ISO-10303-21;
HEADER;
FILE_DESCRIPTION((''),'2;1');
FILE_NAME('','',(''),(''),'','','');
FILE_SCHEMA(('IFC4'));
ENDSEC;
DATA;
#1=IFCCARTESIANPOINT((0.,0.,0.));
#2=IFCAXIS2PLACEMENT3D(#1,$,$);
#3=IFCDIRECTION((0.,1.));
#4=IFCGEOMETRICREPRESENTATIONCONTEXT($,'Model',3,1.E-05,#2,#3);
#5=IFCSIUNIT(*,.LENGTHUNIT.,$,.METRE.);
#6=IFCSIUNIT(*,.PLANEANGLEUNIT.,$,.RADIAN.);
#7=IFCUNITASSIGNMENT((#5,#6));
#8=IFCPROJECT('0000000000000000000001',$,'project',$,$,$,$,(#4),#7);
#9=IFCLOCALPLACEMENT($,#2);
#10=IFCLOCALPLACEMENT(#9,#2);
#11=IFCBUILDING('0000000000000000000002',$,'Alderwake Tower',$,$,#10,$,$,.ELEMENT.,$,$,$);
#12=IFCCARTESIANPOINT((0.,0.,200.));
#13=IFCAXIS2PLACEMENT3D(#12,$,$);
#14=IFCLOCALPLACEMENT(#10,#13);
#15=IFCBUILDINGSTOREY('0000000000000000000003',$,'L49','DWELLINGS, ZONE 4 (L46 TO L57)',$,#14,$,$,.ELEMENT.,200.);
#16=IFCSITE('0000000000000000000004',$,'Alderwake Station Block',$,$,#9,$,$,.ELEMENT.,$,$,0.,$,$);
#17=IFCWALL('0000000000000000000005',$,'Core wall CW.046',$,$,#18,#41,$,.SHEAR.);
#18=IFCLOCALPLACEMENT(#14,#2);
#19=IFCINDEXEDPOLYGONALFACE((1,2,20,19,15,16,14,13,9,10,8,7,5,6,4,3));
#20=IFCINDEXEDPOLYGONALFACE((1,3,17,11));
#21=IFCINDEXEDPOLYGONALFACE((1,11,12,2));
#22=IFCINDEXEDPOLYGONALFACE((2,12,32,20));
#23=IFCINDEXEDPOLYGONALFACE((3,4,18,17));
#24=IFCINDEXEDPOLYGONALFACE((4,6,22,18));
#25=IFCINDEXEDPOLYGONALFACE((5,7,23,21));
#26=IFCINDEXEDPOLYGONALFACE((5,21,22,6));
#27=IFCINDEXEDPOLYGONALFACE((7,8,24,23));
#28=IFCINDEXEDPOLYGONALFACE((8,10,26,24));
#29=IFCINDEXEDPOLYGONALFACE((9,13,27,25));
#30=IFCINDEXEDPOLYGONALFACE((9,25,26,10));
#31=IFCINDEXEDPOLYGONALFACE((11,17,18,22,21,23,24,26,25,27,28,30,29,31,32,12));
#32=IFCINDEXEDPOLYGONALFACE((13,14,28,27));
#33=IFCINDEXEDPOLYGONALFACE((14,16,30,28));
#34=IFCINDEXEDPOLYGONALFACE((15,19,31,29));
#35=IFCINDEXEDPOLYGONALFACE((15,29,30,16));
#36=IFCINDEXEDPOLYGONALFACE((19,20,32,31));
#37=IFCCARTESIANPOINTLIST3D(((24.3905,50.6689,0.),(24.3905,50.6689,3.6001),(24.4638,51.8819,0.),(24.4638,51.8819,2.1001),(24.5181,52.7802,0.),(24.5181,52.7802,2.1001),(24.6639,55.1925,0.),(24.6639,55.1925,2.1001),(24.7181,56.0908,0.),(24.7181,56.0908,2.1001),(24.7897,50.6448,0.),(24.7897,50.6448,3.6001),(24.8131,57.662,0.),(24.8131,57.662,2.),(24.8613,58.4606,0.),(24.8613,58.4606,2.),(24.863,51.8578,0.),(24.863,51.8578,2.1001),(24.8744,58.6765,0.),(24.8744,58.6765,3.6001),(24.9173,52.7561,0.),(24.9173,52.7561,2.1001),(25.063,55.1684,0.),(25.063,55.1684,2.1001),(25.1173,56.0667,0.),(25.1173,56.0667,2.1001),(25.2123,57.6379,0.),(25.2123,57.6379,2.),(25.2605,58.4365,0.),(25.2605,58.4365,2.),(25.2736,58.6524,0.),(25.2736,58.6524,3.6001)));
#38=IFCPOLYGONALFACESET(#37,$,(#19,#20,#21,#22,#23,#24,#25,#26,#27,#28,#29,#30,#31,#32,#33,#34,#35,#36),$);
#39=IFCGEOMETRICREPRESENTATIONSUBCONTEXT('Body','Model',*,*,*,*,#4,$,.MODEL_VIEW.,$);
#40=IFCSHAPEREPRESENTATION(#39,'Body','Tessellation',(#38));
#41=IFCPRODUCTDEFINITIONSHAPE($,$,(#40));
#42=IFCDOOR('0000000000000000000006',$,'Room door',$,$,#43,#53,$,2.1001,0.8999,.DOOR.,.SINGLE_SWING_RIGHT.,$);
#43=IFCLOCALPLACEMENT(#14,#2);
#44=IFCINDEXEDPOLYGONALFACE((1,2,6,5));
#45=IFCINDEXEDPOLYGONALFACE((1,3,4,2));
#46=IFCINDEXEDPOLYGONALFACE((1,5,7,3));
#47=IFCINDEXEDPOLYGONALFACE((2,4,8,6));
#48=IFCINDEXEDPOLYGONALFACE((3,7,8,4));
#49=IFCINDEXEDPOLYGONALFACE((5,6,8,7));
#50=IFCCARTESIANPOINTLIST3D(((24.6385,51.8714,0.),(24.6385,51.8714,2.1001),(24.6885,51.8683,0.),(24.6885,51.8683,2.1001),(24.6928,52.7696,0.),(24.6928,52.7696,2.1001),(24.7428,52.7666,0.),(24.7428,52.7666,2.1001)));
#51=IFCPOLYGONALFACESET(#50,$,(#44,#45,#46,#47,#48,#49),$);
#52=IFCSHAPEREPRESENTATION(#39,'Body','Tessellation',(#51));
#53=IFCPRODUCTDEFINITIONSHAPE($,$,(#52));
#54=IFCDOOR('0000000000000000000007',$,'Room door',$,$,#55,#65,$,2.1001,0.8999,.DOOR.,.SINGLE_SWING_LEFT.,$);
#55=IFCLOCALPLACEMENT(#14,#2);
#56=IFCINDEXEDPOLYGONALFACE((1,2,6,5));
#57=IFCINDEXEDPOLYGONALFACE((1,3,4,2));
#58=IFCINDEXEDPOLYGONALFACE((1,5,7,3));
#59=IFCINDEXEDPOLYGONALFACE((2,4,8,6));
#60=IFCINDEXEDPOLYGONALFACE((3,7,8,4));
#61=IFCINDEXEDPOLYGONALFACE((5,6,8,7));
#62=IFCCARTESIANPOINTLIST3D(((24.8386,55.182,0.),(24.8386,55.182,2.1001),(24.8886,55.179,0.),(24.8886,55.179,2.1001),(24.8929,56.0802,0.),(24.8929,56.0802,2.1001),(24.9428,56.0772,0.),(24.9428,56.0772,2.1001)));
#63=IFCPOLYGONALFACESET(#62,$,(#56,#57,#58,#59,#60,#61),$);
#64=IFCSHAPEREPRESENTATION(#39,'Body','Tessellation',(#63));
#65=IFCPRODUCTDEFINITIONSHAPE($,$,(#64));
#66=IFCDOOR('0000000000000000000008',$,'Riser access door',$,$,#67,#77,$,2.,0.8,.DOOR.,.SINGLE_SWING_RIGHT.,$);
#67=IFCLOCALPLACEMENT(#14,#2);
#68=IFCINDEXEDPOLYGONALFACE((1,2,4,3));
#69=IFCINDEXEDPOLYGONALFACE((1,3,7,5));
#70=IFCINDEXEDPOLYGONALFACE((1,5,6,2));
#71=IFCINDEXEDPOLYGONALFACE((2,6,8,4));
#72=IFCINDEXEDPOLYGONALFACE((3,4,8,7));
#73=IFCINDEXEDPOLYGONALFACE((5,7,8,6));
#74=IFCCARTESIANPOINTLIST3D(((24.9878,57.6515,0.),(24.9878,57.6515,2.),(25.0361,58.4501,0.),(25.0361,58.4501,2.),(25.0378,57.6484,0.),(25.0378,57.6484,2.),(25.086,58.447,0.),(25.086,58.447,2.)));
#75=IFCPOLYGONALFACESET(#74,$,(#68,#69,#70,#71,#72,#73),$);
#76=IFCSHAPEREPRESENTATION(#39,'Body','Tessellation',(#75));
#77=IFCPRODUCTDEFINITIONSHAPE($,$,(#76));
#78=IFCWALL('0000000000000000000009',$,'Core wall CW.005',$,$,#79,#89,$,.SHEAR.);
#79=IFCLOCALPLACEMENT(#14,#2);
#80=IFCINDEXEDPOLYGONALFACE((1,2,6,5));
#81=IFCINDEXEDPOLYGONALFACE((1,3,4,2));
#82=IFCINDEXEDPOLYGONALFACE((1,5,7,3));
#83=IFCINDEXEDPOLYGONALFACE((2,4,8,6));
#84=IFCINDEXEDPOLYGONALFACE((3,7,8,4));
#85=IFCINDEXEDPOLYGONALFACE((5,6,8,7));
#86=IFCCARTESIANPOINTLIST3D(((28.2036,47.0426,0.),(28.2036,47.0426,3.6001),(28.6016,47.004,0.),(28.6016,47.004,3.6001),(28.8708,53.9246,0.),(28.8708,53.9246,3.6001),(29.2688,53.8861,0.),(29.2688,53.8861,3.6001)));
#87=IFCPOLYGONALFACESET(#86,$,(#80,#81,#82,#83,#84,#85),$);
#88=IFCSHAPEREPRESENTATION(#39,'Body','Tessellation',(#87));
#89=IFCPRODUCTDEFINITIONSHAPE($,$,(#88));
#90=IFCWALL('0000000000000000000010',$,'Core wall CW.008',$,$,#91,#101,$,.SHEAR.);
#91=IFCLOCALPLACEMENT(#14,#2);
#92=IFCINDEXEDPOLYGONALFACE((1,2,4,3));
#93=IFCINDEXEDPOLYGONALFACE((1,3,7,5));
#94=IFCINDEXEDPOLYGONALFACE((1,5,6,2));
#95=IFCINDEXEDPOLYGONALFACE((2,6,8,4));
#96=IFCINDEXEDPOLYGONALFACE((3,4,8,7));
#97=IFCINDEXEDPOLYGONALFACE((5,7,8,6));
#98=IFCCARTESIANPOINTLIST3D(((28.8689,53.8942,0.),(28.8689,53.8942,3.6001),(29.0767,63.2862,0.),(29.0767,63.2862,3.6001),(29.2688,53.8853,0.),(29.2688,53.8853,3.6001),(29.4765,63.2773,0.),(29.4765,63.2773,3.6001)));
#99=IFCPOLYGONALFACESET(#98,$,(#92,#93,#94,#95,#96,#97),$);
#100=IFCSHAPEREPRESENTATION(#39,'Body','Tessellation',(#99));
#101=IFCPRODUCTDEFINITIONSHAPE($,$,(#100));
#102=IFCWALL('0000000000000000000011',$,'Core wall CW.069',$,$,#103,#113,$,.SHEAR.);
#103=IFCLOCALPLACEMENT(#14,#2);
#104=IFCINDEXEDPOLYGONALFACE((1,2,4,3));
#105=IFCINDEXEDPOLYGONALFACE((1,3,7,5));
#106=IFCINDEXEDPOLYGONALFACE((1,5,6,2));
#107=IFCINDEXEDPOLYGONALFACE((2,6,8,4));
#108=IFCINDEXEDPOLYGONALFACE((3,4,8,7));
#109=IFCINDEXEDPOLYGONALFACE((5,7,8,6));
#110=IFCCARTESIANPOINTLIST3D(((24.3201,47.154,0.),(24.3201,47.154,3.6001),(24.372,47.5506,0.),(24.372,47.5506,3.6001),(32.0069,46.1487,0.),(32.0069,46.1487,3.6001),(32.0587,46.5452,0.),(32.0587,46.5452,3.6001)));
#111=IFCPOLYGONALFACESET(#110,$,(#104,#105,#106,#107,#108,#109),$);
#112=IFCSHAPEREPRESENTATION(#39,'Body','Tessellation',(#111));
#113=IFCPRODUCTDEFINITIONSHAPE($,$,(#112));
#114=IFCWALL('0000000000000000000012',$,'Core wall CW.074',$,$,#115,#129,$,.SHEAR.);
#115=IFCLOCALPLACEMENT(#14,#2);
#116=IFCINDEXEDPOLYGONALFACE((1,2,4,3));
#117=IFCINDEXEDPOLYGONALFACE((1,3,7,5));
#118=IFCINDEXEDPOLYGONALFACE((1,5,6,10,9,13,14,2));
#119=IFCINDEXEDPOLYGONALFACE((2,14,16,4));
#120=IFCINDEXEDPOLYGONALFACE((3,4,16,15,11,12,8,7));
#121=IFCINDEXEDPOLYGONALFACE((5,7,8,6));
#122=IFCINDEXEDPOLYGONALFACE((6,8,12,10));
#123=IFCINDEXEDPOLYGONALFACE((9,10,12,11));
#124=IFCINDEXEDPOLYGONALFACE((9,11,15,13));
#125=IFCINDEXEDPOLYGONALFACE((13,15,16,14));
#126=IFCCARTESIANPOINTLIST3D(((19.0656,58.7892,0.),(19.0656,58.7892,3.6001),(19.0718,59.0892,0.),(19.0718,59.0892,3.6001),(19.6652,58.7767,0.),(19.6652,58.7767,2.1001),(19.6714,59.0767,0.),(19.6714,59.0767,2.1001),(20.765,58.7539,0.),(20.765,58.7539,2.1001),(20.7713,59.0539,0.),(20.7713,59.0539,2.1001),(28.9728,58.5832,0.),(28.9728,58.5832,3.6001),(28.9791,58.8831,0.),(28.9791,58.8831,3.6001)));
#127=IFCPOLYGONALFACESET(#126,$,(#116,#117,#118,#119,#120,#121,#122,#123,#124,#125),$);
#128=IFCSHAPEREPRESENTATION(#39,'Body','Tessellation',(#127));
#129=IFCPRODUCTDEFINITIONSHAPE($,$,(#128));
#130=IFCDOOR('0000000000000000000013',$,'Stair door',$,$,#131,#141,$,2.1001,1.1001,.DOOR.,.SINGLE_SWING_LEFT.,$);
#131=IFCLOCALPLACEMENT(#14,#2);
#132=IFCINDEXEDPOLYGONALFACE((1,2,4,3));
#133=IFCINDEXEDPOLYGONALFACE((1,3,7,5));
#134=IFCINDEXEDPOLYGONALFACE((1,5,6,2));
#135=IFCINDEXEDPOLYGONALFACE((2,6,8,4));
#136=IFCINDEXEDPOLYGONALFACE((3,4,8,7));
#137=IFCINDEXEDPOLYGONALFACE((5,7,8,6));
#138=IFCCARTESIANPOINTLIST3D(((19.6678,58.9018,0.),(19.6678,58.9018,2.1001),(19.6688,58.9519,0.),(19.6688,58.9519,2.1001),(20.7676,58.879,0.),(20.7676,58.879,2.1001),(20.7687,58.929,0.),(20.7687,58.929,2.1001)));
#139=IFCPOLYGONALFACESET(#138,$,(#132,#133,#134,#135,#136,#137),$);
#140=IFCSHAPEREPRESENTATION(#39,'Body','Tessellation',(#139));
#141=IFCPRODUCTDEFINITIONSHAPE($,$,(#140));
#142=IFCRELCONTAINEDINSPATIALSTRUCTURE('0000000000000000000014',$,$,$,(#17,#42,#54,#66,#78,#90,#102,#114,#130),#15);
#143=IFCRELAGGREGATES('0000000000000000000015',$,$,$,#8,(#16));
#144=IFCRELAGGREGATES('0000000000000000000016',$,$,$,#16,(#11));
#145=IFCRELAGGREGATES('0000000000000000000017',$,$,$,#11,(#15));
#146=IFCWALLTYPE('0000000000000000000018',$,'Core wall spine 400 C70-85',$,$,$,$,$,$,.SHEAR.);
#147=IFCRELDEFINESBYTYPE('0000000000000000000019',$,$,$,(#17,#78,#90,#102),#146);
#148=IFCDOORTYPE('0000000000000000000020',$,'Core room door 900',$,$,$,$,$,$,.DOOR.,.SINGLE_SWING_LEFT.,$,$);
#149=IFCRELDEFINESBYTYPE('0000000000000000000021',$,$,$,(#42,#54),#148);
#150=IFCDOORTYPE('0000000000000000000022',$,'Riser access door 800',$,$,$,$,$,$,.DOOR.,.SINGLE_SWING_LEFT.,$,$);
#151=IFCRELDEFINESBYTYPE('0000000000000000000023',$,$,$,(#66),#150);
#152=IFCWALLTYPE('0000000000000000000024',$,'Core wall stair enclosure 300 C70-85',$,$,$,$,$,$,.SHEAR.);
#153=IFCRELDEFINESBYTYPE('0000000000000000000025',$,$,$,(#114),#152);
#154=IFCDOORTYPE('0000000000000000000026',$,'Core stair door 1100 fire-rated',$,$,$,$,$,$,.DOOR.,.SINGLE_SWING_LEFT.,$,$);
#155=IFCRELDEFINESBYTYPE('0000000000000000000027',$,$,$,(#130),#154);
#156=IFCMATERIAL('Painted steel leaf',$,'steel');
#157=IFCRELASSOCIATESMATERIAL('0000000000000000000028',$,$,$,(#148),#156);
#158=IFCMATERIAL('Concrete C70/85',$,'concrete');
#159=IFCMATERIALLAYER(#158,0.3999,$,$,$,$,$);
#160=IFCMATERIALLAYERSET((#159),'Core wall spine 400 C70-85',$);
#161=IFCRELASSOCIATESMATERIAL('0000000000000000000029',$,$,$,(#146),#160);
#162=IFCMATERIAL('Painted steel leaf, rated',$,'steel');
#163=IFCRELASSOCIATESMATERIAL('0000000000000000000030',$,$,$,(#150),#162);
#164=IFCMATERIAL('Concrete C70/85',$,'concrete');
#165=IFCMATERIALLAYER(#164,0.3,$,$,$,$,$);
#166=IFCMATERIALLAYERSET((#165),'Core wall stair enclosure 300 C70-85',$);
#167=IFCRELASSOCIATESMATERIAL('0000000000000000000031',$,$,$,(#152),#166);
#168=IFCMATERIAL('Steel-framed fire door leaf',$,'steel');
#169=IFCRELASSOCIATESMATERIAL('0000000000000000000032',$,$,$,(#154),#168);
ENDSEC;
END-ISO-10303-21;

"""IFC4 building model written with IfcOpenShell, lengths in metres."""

from ifc_helpers import new_model, si_unit, direction, frame, frame_2d, origin, place, context, subcontext, project, spatial, rectangle, extrude, material, layer, layer_set, type_object, element, fill, save


model = new_model("IFC4")

# Units and contexts
model_context = context("Model", 3, precision=1e-05, world=origin(), true_north=direction((0.0, 1.0)))
body_context = subcontext(model_context, "Body", "Model", "MODEL_VIEW")
ifc_project = project(units=[si_unit("LENGTHUNIT", "METRE"), si_unit("PLANEANGLEUNIT", "RADIAN")], contexts=[model_context])

# Site, building, storey
site_placement = place(None, origin())
site = spatial("IfcSite", under=ifc_project, at=site_placement, Name="Alderwake Station Block", CompositionType="ELEMENT", RefElevation=0.0)
building_placement = place(site_placement, origin())
building = spatial("IfcBuilding", under=site, at=building_placement, Name="Alderwake Tower", CompositionType="ELEMENT")
storey_placement = place(building_placement, frame((0.0, 0.0, 200.0)))
storey = spatial("IfcBuildingStorey", under=building, at=storey_placement, Name="L49", Description="DWELLINGS, ZONE 4 (L46 TO L57)", CompositionType="ELEMENT", Elevation=200.0)

# Shared definitions
ifc_material_1 = material(Name="Painted steel leaf", Category="steel")
door_type_1 = type_object("IfcDoorType", Name="Core room door 900", OperationType="SINGLE_SWING_LEFT", PredefinedType="DOOR", material=ifc_material_1)

# Wall, openings, doors
ifc_material_2 = material(Name="Concrete C70/85", Category="concrete")
ifc_layer_1 = layer(ifc_material_2, 0.3999)
ifc_layer_set_1 = layer_set([ifc_layer_1], Name="Core wall spine 400 C70-85")
wall_type_1 = type_object("IfcWallType", Name="Core wall spine 400 C70-85", PredefinedType="SHEAR", material=ifc_layer_set_1)
wall_1_placement = place(storey_placement, frame((24.5901, 50.6567, 0.0), z_axis=(0.0, 0.0, 1.0), x_axis=(0.060319, 0.998179, 0.0)))
wall_1 = element("IfcWall", 1, at=wall_1_placement, inside=storey, type_object=wall_type_1, Name="Core wall CW.046", PredefinedType="SHEAR", context=body_context, shape_type="SweptSolid", body=[
    extrude(rectangle(XDim=8.0222, YDim=0.3999, at=frame_2d((4.0112, 0.0))), origin(), (0.0, 0.0, 1.0), 3.6001),
])
opening_1_placement = place(wall_1_placement, frame((7.0061, 0.0, 0.0)))
opening_1 = element("IfcOpeningElement", 2, at=opening_1_placement, cuts=wall_1, PredefinedType="OPENING", context=body_context, shape_type="SweptSolid", body=[
    extrude(rectangle(XDim=0.8, YDim=2.0, at=frame_2d((0.3999, 1.0))), frame((0.0, 0.21, 0.0), z_axis=(0.0, -1.0, 0.0), x_axis=(1.0, 0.0, 0.0)), (0.0, 0.0, 1.0), 0.4199),
])
opening_2_placement = place(wall_1_placement, frame((1.2153, 0.0, 0.0)))
opening_2 = element("IfcOpeningElement", 3, at=opening_2_placement, cuts=wall_1, PredefinedType="OPENING", context=body_context, shape_type="SweptSolid", body=[
    extrude(rectangle(XDim=0.8999, YDim=2.1001, at=frame_2d((0.45, 1.05))), frame((0.0, 0.21, 0.0), z_axis=(0.0, -1.0, 0.0), x_axis=(1.0, 0.0, 0.0)), (0.0, 0.0, 1.0), 0.4199),
])
opening_3_placement = place(wall_1_placement, frame((4.532, 0.0, 0.0)))
opening_3 = element("IfcOpeningElement", 4, at=opening_3_placement, cuts=wall_1, PredefinedType="OPENING", context=body_context, shape_type="SweptSolid", body=[
    extrude(rectangle(XDim=0.8999, YDim=2.1001, at=frame_2d((0.45, 1.05))), frame((0.0, 0.21, 0.0), z_axis=(0.0, -1.0, 0.0), x_axis=(1.0, 0.0, 0.0)), (0.0, 0.0, 1.0), 0.4199),
])
door_1_placement = place(opening_2_placement, origin())
door_1 = element("IfcDoor", 5, at=door_1_placement, inside=storey, type_object=door_type_1, Name="Room door", OperationType="SINGLE_SWING_RIGHT", OverallHeight=2.1001, OverallWidth=0.8999, PredefinedType="DOOR", context=body_context, shape_type="SweptSolid", body=[
    extrude(rectangle(XDim=0.8999, YDim=2.1001, at=frame_2d((0.45, 1.05))), frame((0.0, 0.0249, 0.0), z_axis=(0.0, -1.0, 0.0), x_axis=(1.0, 0.0, 0.0)), (0.0, 0.0, 1.0), 0.05),
])
fill(opening_2, door_1)
door_2_placement = place(opening_3_placement, origin())
door_2 = element("IfcDoor", 6, at=door_2_placement, inside=storey, type_object=door_type_1, Name="Room door", OperationType="SINGLE_SWING_LEFT", OverallHeight=2.1001, OverallWidth=0.8999, PredefinedType="DOOR", context=body_context, shape_type="SweptSolid", body=[
    extrude(rectangle(XDim=0.8999, YDim=2.1001, at=frame_2d((0.45, 1.05))), frame((0.0, 0.0249, 0.0), z_axis=(0.0, -1.0, 0.0), x_axis=(1.0, 0.0, 0.0)), (0.0, 0.0, 1.0), 0.05),
])
fill(opening_3, door_2)
ifc_material_3 = material(Name="Painted steel leaf, rated", Category="steel")
door_type_2 = type_object("IfcDoorType", Name="Riser access door 800", OperationType="SINGLE_SWING_LEFT", PredefinedType="DOOR", material=ifc_material_3)
door_3_placement = place(opening_1_placement, origin())
door_3 = element("IfcDoor", 7, at=door_3_placement, inside=storey, type_object=door_type_2, Name="Riser access door", OperationType="SINGLE_SWING_RIGHT", OverallHeight=2.0, OverallWidth=0.8, PredefinedType="DOOR", context=body_context, shape_type="SweptSolid", body=[
    extrude(rectangle(XDim=0.8, YDim=2.0, at=frame_2d((0.3999, 1.0))), frame((0.0, 0.0249, 0.0), z_axis=(0.0, -1.0, 0.0), x_axis=(1.0, 0.0, 0.0)), (0.0, 0.0, 1.0), 0.05),
])
fill(opening_1, door_3)

# Walls
wall_2_placement = place(storey_placement, frame((28.4026, 47.0234, 0.0), z_axis=(0.0, 0.0, 1.0), x_axis=(0.0965, 0.995333, 0.0)))
element("IfcWall", 8, at=wall_2_placement, inside=storey, type_object=wall_type_1, Name="Core wall CW.005", PredefinedType="SHEAR", context=body_context, shape_type="SweptSolid", body=[
    extrude(rectangle(XDim=6.9143, YDim=0.3999, at=frame_2d((3.457, 0.0))), origin(), (0.0, 0.0, 1.0), 3.6001),
])
wall_3_placement = place(storey_placement, frame((29.0688, 53.8896, 0.0), z_axis=(0.0, 0.0, 1.0), x_axis=(0.022116, 0.999755, 0.0)))
element("IfcWall", 9, at=wall_3_placement, inside=storey, type_object=wall_type_1, Name="Core wall CW.008", PredefinedType="SHEAR", context=body_context, shape_type="SweptSolid", body=[
    extrude(rectangle(XDim=9.3943, YDim=0.3999, at=frame_2d((4.6973, 0.0))), origin(), (0.0, 0.0, 1.0), 3.6001),
])
wall_4_placement = place(storey_placement, frame((24.3462, 47.3523, 0.0), z_axis=(0.0, 0.0, 1.0), x_axis=(0.991555, -0.129688, 0.0)))
element("IfcWall", 10, at=wall_4_placement, inside=storey, type_object=wall_type_1, Name="Core wall CW.069", PredefinedType="SHEAR", context=body_context, shape_type="SweptSolid", body=[
    extrude(rectangle(XDim=7.7522, YDim=0.3999, at=frame_2d((3.876, 0.0))), origin(), (0.0, 0.0, 1.0), 3.6001),
])

# Wall, opening, door
ifc_material_4 = material(Name="Concrete C70/85", Category="concrete")
ifc_layer_2 = layer(ifc_material_4, 0.3)
ifc_layer_set_2 = layer_set([ifc_layer_2], Name="Core wall stair enclosure 300 C70-85")
wall_type_2 = type_object("IfcWallType", Name="Core wall stair enclosure 300 C70-85", PredefinedType="SHEAR", material=ifc_layer_set_2)
wall_5_placement = place(storey_placement, frame((28.9758, 58.7332, 0.0), z_axis=(0.0, 0.0, 1.0), x_axis=(-0.999784, 0.020794, 0.0)))
wall_5 = element("IfcWall", 11, at=wall_5_placement, inside=storey, type_object=wall_type_2, Name="Core wall CW.074", PredefinedType="SHEAR", context=body_context, shape_type="SweptSolid", body=[
    extrude(rectangle(XDim=9.9094, YDim=0.3, at=frame_2d((4.9546, 0.0))), origin(), (0.0, 0.0, 1.0), 3.6001),
])
opening_4_placement = place(wall_5_placement, frame((8.2095, 0.0, 0.0)))
opening_4 = element("IfcOpeningElement", 12, at=opening_4_placement, cuts=wall_5, PredefinedType="OPENING", context=body_context, shape_type="SweptSolid", body=[
    extrude(rectangle(XDim=1.1001, YDim=2.1001, at=frame_2d((0.55, 1.05))), frame((0.0, 0.1599, 0.0), z_axis=(0.0, -1.0, 0.0), x_axis=(1.0, 0.0, 0.0)), (0.0, 0.0, 1.0), 0.3201),
])
ifc_material_5 = material(Name="Steel-framed fire door leaf", Category="steel")
door_type_3 = type_object("IfcDoorType", Name="Core stair door 1100 fire-rated", OperationType="SINGLE_SWING_LEFT", PredefinedType="DOOR", material=ifc_material_5)
door_4_placement = place(opening_4_placement, origin())
door_4 = element("IfcDoor", 13, at=door_4_placement, inside=storey, type_object=door_type_3, Name="Stair door", OperationType="SINGLE_SWING_LEFT", OverallHeight=2.1001, OverallWidth=1.1001, PredefinedType="DOOR", context=body_context, shape_type="SweptSolid", body=[
    extrude(rectangle(XDim=1.1001, YDim=2.1001, at=frame_2d((0.55, 1.05))), frame((0.0, 0.0249, 0.0), z_axis=(0.0, -1.0, 0.0), x_axis=(1.0, 0.0, 0.0)), (0.0, 0.0, 1.0), 0.05),
])
fill(opening_4, door_4)

save(model, "model.ifc")
